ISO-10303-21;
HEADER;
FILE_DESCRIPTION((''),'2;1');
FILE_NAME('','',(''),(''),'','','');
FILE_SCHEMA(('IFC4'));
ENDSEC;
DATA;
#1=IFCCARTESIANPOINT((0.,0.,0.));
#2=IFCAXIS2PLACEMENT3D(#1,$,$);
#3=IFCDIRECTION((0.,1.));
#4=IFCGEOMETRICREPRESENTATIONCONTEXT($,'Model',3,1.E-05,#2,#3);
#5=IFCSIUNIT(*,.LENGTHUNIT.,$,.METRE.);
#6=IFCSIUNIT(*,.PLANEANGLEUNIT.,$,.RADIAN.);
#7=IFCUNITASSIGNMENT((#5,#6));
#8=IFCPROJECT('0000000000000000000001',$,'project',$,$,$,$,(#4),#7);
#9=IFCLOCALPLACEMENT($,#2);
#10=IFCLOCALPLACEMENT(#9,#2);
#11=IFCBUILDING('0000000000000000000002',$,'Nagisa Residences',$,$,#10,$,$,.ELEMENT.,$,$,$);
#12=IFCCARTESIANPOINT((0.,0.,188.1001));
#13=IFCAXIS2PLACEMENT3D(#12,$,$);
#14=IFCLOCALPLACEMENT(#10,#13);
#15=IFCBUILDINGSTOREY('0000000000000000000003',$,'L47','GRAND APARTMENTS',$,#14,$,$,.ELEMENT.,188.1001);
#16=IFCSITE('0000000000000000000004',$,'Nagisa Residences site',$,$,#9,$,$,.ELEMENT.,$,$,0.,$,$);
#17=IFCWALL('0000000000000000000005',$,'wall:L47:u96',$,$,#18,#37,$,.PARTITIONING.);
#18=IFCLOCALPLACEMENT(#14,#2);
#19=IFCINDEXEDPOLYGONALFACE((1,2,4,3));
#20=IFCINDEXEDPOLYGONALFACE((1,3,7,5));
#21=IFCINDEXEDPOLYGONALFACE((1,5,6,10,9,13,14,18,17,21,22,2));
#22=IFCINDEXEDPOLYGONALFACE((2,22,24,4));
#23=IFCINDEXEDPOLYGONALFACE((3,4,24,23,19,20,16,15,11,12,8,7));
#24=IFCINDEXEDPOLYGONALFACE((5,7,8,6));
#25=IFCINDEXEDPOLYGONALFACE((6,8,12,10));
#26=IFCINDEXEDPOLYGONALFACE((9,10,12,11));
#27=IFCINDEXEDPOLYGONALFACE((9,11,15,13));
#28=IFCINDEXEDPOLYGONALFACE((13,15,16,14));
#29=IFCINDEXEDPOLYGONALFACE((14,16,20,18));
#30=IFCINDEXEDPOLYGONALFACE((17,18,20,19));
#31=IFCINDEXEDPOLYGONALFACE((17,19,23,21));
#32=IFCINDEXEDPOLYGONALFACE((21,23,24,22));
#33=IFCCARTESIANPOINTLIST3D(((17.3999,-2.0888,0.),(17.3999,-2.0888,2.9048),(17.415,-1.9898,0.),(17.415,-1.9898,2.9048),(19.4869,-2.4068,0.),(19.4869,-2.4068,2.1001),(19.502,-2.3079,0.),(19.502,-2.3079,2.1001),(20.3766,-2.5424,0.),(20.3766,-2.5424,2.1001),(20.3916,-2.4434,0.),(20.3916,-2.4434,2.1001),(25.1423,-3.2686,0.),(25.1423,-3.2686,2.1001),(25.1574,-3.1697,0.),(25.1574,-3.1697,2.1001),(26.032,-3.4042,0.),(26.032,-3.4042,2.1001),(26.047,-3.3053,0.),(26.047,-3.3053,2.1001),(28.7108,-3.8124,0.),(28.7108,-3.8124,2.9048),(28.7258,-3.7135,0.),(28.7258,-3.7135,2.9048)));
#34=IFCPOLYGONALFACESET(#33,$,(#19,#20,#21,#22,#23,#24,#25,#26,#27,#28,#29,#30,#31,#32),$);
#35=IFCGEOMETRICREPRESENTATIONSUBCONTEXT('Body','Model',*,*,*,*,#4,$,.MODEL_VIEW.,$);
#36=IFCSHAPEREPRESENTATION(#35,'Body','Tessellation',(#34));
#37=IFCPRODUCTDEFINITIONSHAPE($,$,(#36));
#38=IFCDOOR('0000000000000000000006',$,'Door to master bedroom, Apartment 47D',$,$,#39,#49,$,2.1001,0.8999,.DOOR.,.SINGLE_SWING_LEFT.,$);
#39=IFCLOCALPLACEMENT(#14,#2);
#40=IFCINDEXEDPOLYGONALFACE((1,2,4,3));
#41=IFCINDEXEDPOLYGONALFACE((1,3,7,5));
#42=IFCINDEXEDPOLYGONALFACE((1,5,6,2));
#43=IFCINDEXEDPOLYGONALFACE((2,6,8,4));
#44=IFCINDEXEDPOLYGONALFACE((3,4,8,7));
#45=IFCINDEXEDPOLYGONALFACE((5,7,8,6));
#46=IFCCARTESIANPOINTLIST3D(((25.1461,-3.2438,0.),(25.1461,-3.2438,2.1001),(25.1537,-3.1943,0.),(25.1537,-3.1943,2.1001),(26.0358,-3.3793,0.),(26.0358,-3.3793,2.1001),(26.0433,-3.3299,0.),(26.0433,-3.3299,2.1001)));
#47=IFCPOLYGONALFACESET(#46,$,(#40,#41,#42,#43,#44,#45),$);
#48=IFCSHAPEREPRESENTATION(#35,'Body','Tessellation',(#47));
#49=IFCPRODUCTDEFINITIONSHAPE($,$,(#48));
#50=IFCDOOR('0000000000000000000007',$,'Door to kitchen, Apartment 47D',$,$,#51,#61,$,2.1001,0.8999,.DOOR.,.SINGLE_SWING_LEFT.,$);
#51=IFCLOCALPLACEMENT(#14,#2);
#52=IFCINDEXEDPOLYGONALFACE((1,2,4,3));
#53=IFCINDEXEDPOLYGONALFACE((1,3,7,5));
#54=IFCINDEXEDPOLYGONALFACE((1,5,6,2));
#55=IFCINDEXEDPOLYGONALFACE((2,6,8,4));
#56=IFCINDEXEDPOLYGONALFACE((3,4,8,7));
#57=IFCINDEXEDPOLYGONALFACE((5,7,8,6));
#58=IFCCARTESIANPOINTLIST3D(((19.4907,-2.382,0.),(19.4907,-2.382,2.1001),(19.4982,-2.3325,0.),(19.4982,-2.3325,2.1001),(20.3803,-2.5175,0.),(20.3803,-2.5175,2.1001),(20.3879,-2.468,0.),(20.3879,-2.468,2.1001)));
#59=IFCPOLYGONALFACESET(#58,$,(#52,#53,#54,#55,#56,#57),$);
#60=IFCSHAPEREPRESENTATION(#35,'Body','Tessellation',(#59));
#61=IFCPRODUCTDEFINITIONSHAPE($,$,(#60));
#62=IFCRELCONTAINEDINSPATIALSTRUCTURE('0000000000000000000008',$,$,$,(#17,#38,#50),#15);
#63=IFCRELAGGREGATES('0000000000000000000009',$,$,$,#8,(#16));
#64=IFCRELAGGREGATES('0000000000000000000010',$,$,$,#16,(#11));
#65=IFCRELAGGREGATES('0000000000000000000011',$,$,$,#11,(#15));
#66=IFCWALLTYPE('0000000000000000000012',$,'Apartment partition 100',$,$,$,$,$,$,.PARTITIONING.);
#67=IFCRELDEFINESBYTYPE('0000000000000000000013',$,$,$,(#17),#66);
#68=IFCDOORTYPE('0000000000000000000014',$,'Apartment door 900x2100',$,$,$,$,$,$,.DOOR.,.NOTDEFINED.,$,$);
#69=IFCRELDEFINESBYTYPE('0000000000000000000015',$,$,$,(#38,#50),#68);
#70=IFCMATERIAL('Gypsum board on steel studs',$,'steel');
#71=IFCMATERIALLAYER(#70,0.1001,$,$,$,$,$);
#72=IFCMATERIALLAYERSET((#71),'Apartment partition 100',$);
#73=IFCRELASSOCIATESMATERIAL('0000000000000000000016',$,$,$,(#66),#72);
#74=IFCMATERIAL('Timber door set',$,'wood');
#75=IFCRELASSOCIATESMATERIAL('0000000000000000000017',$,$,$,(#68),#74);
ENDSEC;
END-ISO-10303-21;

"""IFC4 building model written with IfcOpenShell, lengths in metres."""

from ifc_helpers import new_model, si_unit, direction, frame, frame_2d, origin, place, context, subcontext, project, spatial, rectangle, extrude, material, layer, layer_set, type_object, element, fill, save


model = new_model("IFC4")

# Units and contexts
model_context = context("Model", 3, precision=1e-05, world=origin(), true_north=direction((0.0, 1.0)))
body_context = subcontext(model_context, "Body", "Model", "MODEL_VIEW")
ifc_project = project(units=[si_unit("LENGTHUNIT", "METRE"), si_unit("PLANEANGLEUNIT", "RADIAN")], contexts=[model_context])

# Site, building, storey
site_placement = place(None, origin())
site = spatial("IfcSite", under=ifc_project, at=site_placement, Name="Nagisa Residences site", CompositionType="ELEMENT", RefElevation=0.0)
building_placement = place(site_placement, origin())
building = spatial("IfcBuilding", under=site, at=building_placement, Name="Nagisa Residences", CompositionType="ELEMENT")
storey_placement = place(building_placement, frame((0.0, 0.0, 188.1001)))
storey = spatial("IfcBuildingStorey", under=building, at=storey_placement, Name="L47", Description="GRAND APARTMENTS", CompositionType="ELEMENT", Elevation=188.1001)

# Shared definitions
ifc_material_1 = material(Name="Gypsum board on steel studs", Category="steel")
ifc_layer_1 = layer(ifc_material_1, 0.1001)
ifc_layer_set_1 = layer_set([ifc_layer_1], Name="Apartment partition 100")
wall_type_1 = type_object("IfcWallType", Name="Apartment partition 100", PredefinedType="PARTITIONING", material=ifc_layer_set_1)
ifc_material_2 = material(Name="Timber door set", Category="wood")
door_type_1 = type_object("IfcDoorType", Name="Apartment door 900x2100", OperationType="NOTDEFINED", PredefinedType="DOOR", material=ifc_material_2)

# Wall, openings, doors
wall_1_placement = place(storey_placement, frame((17.4075, -2.0393, 0.0), z_axis=(0.0, 0.0, 1.0), x_axis=(0.988587, -0.150649, 0.0)))
wall_1 = element("IfcWall", 1, at=wall_1_placement, inside=storey, type_object=wall_type_1, Name="wall:L47:u96", PredefinedType="PARTITIONING", context=body_context, shape_type="SweptSolid", body=[
    extrude(rectangle(XDim=11.4414, YDim=0.1001, at=frame_2d((5.7207, 0.0))), origin(), (0.0, 0.0, 1.0), 2.9048),
])
opening_1_placement = place(wall_1_placement, frame((7.8318, 0.0, 0.0)))
opening_1 = element("IfcOpeningElement", 2, at=opening_1_placement, cuts=wall_1, PredefinedType="OPENING", context=body_context, shape_type="SweptSolid", body=[
    extrude(rectangle(XDim=0.8999, YDim=2.1001, at=frame_2d((0.45, 1.05))), frame((0.0, 0.0601, 0.0), z_axis=(0.0, -1.0, 0.0), x_axis=(1.0, 0.0, 0.0)), (0.0, 0.0, 1.0), 0.1201),
])
opening_2_placement = place(wall_1_placement, frame((2.1111, 0.0, 0.0)))
opening_2 = element("IfcOpeningElement", 3, at=opening_2_placement, cuts=wall_1, PredefinedType="OPENING", context=body_context, shape_type="SweptSolid", body=[
    extrude(rectangle(XDim=0.8999, YDim=2.1001, at=frame_2d((0.45, 1.05))), frame((0.0, 0.0601, 0.0), z_axis=(0.0, -1.0, 0.0), x_axis=(1.0, 0.0, 0.0)), (0.0, 0.0, 1.0), 0.1201),
])
door_1_placement = place(opening_1_placement, frame((0.8999, 0.0, 0.0), x_axis=(-1.0, 0.0, 0.0)))
door_1 = element("IfcDoor", 4, at=door_1_placement, inside=storey, type_object=door_type_1, Name="Door to master bedroom, Apartment 47D", OperationType="SINGLE_SWING_LEFT", OverallHeight=2.1001, OverallWidth=0.8999, PredefinedType="DOOR", context=body_context, shape_type="SweptSolid", body=[
    extrude(rectangle(XDim=0.8999, YDim=2.1001, at=frame_2d((0.45, 1.05))), frame((0.0, 0.0249, 0.0), z_axis=(0.0, -1.0, 0.0), x_axis=(1.0, 0.0, 0.0)), (0.0, 0.0, 1.0), 0.05),
])
fill(opening_1, door_1)
door_2_placement = place(opening_2_placement, frame((0.8999, 0.0, 0.0), x_axis=(-1.0, 0.0, 0.0)))
door_2 = element("IfcDoor", 5, at=door_2_placement, inside=storey, type_object=door_type_1, Name="Door to kitchen, Apartment 47D", OperationType="SINGLE_SWING_LEFT", OverallHeight=2.1001, OverallWidth=0.8999, PredefinedType="DOOR", context=body_context, shape_type="SweptSolid", body=[
    extrude(rectangle(XDim=0.8999, YDim=2.1001, at=frame_2d((0.45, 1.05))), frame((0.0, 0.0249, 0.0), z_axis=(0.0, -1.0, 0.0), x_axis=(1.0, 0.0, 0.0)), (0.0, 0.0, 1.0), 0.05),
])
fill(opening_2, door_2)

save(model, "model.ifc")
